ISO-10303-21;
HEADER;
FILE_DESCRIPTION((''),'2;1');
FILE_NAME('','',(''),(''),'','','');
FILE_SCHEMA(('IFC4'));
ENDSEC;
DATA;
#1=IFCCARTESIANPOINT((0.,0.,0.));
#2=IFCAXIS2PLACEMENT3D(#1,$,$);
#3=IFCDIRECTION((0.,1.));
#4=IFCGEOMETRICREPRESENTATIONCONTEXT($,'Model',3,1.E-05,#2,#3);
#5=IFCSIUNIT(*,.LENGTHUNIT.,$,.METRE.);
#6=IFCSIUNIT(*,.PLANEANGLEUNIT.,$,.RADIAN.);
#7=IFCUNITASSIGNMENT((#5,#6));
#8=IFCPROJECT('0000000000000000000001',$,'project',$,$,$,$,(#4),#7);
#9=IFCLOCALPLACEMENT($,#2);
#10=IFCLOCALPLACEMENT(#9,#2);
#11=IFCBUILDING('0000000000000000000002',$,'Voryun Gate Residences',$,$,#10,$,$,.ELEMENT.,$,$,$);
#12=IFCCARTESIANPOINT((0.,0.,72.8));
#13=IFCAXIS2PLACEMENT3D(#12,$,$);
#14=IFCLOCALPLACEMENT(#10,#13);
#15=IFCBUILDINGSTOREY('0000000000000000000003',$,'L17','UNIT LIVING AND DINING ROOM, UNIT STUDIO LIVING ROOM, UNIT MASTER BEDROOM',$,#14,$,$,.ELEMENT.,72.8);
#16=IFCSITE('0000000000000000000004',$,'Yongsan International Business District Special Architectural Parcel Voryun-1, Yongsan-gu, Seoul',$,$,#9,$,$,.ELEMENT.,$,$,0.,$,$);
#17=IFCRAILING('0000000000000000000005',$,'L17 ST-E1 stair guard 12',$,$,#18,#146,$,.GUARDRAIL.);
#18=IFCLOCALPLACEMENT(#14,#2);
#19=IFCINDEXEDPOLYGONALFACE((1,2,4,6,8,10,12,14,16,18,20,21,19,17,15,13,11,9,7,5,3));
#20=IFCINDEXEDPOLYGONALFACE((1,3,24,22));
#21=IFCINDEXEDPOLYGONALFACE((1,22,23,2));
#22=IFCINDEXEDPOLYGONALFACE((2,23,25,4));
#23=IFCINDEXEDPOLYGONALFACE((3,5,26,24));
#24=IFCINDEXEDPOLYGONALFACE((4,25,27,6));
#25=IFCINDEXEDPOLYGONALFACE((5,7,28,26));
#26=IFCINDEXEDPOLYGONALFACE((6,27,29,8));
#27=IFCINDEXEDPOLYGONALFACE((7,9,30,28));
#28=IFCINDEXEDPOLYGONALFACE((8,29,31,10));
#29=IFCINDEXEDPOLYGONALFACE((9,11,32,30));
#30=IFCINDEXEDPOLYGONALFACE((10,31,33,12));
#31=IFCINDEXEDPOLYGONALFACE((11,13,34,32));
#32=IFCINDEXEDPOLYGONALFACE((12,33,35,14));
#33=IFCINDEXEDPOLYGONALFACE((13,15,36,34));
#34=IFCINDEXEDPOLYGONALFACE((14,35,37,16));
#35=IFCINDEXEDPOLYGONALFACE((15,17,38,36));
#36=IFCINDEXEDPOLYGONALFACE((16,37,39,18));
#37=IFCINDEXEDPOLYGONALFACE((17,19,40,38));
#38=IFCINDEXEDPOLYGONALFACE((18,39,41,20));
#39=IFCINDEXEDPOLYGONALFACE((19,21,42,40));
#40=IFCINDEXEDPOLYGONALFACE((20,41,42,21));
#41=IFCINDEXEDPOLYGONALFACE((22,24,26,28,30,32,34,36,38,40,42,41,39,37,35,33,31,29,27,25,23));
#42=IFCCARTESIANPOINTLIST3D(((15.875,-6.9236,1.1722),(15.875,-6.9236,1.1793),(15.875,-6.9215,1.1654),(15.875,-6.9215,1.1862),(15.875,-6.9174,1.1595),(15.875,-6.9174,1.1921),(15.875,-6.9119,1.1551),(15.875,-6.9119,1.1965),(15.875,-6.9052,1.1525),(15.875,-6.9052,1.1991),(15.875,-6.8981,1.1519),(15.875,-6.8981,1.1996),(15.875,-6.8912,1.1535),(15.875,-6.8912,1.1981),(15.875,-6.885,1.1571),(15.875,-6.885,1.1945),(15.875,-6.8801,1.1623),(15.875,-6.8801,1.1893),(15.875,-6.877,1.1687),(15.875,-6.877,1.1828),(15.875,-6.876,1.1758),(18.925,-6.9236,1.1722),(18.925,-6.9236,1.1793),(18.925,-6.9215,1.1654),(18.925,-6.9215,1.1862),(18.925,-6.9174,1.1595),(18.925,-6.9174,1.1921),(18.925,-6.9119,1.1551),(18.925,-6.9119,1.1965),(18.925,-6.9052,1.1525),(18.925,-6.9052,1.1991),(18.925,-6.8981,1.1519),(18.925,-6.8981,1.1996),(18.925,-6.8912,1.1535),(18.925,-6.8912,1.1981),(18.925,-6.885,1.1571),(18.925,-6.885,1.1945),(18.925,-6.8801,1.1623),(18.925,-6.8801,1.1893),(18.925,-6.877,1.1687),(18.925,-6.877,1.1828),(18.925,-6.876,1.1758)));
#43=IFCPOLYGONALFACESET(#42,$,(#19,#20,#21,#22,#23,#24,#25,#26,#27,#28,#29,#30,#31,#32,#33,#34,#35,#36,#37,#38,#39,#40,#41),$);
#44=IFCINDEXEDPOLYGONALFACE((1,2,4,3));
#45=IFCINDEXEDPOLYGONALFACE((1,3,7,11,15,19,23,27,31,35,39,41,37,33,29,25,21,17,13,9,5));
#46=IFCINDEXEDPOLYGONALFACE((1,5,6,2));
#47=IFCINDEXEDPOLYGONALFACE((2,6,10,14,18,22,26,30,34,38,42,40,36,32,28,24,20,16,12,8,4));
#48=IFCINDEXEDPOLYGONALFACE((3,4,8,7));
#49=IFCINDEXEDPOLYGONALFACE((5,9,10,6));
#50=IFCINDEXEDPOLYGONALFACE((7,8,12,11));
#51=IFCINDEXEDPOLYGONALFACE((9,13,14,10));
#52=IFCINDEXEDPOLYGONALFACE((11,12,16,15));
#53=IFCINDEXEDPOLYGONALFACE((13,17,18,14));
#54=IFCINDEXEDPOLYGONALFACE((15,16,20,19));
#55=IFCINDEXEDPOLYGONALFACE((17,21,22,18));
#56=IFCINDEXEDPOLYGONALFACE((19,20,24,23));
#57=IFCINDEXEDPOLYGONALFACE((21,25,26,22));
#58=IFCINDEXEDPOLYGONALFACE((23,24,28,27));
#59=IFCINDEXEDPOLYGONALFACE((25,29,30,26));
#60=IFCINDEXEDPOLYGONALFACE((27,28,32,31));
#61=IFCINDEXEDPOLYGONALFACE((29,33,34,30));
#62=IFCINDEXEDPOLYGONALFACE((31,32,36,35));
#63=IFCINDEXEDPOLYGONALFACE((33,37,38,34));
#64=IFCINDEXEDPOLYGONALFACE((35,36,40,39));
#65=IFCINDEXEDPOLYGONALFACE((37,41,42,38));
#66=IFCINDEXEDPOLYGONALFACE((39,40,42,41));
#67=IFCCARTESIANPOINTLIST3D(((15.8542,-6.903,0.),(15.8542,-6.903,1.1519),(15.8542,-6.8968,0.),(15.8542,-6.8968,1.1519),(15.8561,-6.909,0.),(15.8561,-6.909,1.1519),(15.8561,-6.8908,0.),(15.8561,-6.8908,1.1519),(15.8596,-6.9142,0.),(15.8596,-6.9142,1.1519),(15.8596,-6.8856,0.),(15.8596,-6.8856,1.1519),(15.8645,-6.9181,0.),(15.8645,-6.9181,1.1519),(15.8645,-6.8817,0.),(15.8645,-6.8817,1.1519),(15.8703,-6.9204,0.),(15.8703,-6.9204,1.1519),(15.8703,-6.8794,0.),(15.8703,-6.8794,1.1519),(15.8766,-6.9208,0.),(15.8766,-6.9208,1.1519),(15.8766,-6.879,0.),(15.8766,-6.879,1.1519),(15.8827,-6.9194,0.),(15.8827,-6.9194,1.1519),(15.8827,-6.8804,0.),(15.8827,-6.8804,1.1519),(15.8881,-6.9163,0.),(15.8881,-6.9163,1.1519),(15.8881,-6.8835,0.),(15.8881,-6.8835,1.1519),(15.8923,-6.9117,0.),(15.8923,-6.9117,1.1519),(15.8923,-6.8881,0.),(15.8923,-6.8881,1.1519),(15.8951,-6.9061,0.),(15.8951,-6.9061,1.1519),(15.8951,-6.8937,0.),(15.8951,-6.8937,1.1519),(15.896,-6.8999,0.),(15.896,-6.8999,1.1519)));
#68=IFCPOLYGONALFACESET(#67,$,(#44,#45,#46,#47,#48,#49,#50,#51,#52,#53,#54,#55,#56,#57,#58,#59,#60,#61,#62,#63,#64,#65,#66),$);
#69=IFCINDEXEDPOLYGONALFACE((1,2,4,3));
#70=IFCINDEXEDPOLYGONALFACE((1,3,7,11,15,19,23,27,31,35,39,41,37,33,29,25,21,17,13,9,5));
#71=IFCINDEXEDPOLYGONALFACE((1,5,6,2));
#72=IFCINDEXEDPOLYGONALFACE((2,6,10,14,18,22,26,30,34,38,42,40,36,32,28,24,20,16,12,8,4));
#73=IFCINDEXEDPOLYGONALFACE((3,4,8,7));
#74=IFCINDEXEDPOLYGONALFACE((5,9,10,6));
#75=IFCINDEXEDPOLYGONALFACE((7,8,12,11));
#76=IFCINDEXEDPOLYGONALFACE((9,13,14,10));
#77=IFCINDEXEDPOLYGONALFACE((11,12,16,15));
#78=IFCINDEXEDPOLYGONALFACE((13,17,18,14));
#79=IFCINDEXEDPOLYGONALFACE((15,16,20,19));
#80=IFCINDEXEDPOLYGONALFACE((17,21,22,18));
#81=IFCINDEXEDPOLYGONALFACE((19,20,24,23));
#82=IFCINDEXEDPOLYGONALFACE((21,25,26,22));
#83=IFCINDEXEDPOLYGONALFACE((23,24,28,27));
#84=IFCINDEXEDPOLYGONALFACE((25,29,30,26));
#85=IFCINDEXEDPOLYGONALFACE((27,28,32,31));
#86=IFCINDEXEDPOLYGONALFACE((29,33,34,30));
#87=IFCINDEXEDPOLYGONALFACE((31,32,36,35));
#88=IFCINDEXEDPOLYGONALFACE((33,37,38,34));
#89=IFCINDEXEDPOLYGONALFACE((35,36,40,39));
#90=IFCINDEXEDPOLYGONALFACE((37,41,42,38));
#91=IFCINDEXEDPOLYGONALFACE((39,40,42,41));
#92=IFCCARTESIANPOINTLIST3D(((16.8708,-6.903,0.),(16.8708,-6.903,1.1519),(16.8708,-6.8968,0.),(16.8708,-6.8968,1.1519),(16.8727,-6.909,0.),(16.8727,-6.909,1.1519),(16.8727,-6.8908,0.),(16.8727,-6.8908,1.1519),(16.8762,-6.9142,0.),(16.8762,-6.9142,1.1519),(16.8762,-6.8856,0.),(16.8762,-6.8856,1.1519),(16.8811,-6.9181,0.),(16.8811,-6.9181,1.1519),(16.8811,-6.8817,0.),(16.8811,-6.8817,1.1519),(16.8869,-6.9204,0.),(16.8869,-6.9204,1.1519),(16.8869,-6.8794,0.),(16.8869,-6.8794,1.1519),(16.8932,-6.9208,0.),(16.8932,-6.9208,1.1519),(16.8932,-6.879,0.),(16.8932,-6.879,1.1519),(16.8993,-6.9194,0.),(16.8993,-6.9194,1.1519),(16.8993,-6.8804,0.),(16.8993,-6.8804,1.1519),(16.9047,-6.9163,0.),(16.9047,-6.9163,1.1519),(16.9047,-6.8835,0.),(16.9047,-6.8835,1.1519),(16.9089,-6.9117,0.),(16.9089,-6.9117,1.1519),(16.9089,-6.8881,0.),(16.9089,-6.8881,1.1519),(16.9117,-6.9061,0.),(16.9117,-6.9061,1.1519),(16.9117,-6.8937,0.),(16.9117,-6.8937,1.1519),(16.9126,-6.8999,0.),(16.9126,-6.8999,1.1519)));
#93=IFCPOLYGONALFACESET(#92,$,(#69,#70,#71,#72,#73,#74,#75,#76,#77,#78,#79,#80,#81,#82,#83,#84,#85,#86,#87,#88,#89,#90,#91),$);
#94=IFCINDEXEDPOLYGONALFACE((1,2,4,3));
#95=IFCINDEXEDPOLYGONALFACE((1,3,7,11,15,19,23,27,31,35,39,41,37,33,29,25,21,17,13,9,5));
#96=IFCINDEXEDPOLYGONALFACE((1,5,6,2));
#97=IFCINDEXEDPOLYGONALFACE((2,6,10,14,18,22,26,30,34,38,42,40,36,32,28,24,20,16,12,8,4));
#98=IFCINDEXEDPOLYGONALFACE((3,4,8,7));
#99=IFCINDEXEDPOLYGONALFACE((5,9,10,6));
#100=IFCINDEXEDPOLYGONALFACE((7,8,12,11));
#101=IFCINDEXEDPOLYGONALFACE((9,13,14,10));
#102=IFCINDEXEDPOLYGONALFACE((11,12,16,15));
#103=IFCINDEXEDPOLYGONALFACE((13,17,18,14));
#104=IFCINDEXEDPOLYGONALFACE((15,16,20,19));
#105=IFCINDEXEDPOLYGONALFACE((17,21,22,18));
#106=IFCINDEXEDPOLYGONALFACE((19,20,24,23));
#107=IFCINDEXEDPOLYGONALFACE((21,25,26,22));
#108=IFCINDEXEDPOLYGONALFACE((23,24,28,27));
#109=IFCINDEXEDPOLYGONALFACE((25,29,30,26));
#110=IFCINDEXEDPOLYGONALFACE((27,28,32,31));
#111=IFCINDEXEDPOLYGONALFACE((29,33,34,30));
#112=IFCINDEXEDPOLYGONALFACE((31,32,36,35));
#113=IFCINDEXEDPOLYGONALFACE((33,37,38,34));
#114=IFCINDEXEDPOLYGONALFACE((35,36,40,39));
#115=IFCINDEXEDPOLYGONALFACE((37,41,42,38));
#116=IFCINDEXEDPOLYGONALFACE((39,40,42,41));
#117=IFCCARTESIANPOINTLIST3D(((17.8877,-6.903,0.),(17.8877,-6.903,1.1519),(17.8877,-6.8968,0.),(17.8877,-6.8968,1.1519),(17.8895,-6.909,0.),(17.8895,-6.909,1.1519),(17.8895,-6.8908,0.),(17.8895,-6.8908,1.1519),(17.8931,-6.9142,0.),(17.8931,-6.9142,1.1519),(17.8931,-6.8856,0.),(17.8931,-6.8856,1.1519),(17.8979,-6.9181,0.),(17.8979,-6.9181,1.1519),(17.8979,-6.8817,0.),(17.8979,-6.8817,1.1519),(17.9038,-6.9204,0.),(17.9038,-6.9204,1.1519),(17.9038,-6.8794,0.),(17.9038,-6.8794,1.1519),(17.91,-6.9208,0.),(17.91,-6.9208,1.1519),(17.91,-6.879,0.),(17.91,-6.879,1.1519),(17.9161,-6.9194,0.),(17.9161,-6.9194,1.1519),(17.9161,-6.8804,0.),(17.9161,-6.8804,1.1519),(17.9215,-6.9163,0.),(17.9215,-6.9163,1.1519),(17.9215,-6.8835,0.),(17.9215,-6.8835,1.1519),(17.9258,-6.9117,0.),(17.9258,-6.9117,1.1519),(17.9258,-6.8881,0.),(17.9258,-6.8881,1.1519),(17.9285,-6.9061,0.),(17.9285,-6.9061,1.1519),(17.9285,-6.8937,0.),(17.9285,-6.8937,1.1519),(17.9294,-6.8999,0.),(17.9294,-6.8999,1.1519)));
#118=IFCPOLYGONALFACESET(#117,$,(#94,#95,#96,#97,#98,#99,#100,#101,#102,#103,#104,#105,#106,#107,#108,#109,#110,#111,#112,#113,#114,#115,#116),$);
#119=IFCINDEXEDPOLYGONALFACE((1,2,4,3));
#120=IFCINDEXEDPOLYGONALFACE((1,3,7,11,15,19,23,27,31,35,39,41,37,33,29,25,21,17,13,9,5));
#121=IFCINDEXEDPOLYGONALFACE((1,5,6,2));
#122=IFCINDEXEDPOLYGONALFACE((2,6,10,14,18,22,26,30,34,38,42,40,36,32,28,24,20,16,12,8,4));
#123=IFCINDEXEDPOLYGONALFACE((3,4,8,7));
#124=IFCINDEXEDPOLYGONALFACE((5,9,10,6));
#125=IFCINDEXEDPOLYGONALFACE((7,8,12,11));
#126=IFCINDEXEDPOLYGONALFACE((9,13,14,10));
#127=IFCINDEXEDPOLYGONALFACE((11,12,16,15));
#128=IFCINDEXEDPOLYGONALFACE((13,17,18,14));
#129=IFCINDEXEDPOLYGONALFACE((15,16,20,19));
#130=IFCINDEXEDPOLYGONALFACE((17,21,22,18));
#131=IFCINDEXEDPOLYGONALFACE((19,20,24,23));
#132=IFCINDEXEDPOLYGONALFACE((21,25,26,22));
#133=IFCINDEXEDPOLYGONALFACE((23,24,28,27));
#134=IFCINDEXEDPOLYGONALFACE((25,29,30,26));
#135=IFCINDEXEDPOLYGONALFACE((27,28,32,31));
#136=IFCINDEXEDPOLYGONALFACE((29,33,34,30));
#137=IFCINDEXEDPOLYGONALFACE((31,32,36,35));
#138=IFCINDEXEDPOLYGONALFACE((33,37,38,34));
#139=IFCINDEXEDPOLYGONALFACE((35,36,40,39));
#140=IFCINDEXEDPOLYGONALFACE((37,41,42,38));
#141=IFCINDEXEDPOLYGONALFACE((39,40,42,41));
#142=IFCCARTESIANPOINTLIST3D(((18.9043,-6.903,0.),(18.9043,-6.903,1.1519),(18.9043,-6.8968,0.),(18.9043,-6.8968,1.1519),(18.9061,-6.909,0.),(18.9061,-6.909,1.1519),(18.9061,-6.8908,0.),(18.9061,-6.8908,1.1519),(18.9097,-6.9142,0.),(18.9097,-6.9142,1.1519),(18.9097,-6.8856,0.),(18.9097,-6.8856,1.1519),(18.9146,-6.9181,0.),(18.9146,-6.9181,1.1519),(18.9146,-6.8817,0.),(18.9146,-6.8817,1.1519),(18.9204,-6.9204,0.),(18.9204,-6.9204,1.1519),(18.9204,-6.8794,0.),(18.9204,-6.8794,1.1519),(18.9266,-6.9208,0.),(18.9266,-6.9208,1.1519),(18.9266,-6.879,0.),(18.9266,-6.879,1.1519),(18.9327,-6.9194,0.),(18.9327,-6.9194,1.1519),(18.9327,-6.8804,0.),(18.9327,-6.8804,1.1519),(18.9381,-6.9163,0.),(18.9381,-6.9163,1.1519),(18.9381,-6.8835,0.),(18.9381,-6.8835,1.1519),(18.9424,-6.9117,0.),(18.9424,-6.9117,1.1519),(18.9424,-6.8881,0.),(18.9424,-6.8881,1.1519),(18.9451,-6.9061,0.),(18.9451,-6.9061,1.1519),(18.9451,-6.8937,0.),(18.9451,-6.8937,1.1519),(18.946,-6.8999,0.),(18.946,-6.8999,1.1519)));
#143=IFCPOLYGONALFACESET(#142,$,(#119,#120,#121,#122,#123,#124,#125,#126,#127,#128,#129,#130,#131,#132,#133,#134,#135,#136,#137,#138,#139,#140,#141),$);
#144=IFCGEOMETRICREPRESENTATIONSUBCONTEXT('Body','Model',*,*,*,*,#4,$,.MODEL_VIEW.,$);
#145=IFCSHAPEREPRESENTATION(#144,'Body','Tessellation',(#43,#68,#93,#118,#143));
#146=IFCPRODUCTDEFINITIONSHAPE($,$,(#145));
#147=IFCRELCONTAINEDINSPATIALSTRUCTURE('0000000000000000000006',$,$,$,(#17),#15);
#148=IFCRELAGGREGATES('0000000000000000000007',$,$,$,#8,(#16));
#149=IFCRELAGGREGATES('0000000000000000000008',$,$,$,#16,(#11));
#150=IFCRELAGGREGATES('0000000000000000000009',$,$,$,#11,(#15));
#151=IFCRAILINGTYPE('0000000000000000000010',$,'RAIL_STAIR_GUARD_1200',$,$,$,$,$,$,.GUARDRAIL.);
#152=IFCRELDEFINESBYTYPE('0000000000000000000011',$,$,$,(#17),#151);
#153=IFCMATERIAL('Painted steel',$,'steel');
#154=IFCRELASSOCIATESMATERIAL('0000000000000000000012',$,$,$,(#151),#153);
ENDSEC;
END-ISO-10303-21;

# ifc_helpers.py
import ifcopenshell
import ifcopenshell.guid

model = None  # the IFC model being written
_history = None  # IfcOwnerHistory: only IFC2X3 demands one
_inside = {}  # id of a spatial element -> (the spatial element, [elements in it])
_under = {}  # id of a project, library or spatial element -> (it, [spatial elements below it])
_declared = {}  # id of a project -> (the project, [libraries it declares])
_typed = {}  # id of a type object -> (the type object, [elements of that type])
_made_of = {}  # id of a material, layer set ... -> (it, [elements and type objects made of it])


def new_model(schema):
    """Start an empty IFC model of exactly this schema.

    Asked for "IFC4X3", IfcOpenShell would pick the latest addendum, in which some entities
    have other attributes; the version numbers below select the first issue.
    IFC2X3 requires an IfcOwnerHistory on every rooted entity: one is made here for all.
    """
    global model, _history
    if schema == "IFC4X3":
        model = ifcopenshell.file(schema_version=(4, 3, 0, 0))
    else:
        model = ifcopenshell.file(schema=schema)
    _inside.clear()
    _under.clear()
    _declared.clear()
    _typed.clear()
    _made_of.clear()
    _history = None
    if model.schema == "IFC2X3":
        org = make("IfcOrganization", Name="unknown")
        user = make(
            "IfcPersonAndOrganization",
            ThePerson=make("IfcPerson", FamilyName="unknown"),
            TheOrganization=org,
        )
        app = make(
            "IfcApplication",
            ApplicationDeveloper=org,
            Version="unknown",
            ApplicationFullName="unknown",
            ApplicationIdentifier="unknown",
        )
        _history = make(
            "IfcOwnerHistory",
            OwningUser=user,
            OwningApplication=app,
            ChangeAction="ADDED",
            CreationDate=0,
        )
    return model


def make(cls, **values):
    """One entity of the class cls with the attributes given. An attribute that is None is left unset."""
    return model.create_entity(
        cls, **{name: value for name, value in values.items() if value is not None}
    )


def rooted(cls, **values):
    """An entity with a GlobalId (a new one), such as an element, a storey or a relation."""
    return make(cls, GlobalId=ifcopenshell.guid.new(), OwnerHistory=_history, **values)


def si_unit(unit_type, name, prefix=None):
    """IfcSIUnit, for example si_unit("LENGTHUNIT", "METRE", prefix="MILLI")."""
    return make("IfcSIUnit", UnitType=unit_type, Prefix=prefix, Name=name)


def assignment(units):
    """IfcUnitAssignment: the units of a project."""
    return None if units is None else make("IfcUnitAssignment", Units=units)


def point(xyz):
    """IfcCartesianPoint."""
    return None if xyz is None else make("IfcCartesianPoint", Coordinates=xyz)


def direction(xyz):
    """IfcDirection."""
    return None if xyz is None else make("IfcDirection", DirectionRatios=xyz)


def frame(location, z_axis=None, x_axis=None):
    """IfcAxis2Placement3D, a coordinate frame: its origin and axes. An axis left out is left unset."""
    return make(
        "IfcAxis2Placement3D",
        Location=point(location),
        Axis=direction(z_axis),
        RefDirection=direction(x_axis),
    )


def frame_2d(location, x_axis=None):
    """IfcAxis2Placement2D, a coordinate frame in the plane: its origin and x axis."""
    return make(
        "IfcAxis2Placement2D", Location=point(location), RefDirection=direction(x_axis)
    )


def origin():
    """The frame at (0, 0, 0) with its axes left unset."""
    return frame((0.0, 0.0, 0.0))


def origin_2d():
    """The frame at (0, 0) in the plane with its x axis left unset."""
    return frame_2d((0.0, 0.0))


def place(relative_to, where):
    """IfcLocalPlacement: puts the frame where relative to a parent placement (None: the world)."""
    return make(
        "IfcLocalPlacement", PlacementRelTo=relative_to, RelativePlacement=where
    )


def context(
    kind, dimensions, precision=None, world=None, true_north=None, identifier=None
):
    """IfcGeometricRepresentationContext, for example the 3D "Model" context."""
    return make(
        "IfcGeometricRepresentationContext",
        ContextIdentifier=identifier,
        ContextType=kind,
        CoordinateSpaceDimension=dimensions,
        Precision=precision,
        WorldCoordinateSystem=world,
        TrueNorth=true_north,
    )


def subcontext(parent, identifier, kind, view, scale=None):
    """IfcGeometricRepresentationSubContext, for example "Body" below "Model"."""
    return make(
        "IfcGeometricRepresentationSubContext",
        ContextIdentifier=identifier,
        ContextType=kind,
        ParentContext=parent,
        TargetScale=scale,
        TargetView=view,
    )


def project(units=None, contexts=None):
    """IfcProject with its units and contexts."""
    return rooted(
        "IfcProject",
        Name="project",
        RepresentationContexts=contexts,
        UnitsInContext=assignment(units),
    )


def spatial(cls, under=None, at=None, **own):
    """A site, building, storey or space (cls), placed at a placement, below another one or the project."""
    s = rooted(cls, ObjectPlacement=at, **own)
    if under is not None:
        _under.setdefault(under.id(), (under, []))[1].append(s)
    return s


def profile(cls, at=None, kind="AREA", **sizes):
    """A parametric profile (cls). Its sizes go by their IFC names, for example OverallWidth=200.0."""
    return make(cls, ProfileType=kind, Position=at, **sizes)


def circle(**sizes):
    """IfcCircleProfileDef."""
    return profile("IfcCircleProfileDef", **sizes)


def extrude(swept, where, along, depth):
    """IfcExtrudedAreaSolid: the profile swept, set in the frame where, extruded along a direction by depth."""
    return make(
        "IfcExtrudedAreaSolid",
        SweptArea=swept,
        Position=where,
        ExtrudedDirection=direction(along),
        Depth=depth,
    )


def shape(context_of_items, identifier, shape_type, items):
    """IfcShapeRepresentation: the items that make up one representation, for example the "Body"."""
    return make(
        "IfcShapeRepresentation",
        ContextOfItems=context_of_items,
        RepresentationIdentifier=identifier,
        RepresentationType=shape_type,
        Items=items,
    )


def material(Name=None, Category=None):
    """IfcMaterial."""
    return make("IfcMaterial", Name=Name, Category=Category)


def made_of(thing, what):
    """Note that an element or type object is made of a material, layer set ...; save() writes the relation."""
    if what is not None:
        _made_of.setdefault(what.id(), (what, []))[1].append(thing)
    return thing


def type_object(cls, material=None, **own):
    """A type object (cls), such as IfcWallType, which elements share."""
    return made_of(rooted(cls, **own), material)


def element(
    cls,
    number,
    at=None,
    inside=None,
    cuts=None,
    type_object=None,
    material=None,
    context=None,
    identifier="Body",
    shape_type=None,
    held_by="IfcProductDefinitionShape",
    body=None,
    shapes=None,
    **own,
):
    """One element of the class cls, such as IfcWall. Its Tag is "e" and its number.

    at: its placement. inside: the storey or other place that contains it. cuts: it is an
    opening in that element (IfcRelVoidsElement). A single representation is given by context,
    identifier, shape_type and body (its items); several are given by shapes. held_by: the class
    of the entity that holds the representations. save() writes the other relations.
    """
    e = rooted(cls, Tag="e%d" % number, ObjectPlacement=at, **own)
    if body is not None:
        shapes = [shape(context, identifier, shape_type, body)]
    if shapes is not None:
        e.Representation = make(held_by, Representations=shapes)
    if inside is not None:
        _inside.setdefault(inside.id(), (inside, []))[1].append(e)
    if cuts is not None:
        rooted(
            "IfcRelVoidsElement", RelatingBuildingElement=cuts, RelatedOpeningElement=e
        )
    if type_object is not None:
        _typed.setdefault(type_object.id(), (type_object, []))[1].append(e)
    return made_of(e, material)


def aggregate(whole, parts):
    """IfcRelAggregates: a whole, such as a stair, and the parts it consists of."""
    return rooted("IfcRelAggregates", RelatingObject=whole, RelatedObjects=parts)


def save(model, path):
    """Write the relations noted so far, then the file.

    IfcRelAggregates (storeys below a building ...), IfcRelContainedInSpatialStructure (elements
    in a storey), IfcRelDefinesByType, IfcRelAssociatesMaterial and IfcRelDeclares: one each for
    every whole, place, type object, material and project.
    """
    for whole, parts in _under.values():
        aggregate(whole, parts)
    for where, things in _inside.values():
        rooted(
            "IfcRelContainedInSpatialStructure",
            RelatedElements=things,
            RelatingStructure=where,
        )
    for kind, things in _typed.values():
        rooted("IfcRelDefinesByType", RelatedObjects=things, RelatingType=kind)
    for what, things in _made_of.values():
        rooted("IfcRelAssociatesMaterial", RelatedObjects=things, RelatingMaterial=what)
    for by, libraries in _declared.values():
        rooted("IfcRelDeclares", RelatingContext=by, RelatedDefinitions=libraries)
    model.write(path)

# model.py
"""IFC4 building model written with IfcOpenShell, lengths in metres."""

from ifc_helpers import new_model, si_unit, direction, frame, origin, origin_2d, place, context, subcontext, project, spatial, circle, extrude, material, type_object, element, save


model = new_model("IFC4")

# Units and contexts
model_context = context("Model", 3, precision=1e-05, world=origin(), true_north=direction((0.0, 1.0)))
body_context = subcontext(model_context, "Body", "Model", "MODEL_VIEW")
ifc_project = project(units=[si_unit("LENGTHUNIT", "METRE"), si_unit("PLANEANGLEUNIT", "RADIAN")], contexts=[model_context])

# Site, building, storey
site_placement = place(None, origin())
site = spatial("IfcSite", under=ifc_project, at=site_placement, Name="Yongsan International Business District Special Architectural Parcel Voryun-1, Yongsan-gu, Seoul", CompositionType="ELEMENT", RefElevation=0.0)
building_placement = place(site_placement, origin())
building = spatial("IfcBuilding", under=site, at=building_placement, Name="Voryun Gate Residences", CompositionType="ELEMENT")
storey_placement = place(building_placement, frame((0.0, 0.0, 72.8)))
storey = spatial("IfcBuildingStorey", under=building, at=storey_placement, Name="L17", Description="UNIT LIVING AND DINING ROOM, UNIT STUDIO LIVING ROOM, UNIT MASTER BEDROOM", CompositionType="ELEMENT", Elevation=72.8)

# Railing
ifc_material_1 = material(Name="Painted steel", Category="steel")
railing_type_1 = type_object("IfcRailingType", Name="RAIL_STAIR_GUARD_1200", PredefinedType="GUARDRAIL", material=ifc_material_1)
railing_1_placement = place(storey_placement, frame((15.875, -6.8999, 0.0)))
element("IfcRailing", 1, at=railing_1_placement, inside=storey, type_object=railing_type_1, Name="L17 ST-E1 stair guard 12", PredefinedType="GUARDRAIL", context=body_context, shape_type="SweptSolid", body=[
    extrude(circle(Radius=0.0239, at=origin_2d()), frame((0.0, 0.0, 1.1758), z_axis=(1.0, 0.0, 0.0), x_axis=(0.0, 1.0, 0.0)), (0.0, 0.0, 1.0), 3.05),
    extrude(circle(Radius=0.021, at=origin_2d()), origin(), (0.0, 0.0, 1.0), 1.1519),
    extrude(circle(Radius=0.021, at=origin_2d()), frame((1.0166, 0.0, 0.0)), (0.0, 0.0, 1.0), 1.1519),
    extrude(circle(Radius=0.021, at=origin_2d()), frame((2.0334, 0.0, 0.0)), (0.0, 0.0, 1.0), 1.1519),
    extrude(circle(Radius=0.021, at=origin_2d()), frame((3.05, 0.0, 0.0)), (0.0, 0.0, 1.0), 1.1519),
])

save(model, "model.ifc")
